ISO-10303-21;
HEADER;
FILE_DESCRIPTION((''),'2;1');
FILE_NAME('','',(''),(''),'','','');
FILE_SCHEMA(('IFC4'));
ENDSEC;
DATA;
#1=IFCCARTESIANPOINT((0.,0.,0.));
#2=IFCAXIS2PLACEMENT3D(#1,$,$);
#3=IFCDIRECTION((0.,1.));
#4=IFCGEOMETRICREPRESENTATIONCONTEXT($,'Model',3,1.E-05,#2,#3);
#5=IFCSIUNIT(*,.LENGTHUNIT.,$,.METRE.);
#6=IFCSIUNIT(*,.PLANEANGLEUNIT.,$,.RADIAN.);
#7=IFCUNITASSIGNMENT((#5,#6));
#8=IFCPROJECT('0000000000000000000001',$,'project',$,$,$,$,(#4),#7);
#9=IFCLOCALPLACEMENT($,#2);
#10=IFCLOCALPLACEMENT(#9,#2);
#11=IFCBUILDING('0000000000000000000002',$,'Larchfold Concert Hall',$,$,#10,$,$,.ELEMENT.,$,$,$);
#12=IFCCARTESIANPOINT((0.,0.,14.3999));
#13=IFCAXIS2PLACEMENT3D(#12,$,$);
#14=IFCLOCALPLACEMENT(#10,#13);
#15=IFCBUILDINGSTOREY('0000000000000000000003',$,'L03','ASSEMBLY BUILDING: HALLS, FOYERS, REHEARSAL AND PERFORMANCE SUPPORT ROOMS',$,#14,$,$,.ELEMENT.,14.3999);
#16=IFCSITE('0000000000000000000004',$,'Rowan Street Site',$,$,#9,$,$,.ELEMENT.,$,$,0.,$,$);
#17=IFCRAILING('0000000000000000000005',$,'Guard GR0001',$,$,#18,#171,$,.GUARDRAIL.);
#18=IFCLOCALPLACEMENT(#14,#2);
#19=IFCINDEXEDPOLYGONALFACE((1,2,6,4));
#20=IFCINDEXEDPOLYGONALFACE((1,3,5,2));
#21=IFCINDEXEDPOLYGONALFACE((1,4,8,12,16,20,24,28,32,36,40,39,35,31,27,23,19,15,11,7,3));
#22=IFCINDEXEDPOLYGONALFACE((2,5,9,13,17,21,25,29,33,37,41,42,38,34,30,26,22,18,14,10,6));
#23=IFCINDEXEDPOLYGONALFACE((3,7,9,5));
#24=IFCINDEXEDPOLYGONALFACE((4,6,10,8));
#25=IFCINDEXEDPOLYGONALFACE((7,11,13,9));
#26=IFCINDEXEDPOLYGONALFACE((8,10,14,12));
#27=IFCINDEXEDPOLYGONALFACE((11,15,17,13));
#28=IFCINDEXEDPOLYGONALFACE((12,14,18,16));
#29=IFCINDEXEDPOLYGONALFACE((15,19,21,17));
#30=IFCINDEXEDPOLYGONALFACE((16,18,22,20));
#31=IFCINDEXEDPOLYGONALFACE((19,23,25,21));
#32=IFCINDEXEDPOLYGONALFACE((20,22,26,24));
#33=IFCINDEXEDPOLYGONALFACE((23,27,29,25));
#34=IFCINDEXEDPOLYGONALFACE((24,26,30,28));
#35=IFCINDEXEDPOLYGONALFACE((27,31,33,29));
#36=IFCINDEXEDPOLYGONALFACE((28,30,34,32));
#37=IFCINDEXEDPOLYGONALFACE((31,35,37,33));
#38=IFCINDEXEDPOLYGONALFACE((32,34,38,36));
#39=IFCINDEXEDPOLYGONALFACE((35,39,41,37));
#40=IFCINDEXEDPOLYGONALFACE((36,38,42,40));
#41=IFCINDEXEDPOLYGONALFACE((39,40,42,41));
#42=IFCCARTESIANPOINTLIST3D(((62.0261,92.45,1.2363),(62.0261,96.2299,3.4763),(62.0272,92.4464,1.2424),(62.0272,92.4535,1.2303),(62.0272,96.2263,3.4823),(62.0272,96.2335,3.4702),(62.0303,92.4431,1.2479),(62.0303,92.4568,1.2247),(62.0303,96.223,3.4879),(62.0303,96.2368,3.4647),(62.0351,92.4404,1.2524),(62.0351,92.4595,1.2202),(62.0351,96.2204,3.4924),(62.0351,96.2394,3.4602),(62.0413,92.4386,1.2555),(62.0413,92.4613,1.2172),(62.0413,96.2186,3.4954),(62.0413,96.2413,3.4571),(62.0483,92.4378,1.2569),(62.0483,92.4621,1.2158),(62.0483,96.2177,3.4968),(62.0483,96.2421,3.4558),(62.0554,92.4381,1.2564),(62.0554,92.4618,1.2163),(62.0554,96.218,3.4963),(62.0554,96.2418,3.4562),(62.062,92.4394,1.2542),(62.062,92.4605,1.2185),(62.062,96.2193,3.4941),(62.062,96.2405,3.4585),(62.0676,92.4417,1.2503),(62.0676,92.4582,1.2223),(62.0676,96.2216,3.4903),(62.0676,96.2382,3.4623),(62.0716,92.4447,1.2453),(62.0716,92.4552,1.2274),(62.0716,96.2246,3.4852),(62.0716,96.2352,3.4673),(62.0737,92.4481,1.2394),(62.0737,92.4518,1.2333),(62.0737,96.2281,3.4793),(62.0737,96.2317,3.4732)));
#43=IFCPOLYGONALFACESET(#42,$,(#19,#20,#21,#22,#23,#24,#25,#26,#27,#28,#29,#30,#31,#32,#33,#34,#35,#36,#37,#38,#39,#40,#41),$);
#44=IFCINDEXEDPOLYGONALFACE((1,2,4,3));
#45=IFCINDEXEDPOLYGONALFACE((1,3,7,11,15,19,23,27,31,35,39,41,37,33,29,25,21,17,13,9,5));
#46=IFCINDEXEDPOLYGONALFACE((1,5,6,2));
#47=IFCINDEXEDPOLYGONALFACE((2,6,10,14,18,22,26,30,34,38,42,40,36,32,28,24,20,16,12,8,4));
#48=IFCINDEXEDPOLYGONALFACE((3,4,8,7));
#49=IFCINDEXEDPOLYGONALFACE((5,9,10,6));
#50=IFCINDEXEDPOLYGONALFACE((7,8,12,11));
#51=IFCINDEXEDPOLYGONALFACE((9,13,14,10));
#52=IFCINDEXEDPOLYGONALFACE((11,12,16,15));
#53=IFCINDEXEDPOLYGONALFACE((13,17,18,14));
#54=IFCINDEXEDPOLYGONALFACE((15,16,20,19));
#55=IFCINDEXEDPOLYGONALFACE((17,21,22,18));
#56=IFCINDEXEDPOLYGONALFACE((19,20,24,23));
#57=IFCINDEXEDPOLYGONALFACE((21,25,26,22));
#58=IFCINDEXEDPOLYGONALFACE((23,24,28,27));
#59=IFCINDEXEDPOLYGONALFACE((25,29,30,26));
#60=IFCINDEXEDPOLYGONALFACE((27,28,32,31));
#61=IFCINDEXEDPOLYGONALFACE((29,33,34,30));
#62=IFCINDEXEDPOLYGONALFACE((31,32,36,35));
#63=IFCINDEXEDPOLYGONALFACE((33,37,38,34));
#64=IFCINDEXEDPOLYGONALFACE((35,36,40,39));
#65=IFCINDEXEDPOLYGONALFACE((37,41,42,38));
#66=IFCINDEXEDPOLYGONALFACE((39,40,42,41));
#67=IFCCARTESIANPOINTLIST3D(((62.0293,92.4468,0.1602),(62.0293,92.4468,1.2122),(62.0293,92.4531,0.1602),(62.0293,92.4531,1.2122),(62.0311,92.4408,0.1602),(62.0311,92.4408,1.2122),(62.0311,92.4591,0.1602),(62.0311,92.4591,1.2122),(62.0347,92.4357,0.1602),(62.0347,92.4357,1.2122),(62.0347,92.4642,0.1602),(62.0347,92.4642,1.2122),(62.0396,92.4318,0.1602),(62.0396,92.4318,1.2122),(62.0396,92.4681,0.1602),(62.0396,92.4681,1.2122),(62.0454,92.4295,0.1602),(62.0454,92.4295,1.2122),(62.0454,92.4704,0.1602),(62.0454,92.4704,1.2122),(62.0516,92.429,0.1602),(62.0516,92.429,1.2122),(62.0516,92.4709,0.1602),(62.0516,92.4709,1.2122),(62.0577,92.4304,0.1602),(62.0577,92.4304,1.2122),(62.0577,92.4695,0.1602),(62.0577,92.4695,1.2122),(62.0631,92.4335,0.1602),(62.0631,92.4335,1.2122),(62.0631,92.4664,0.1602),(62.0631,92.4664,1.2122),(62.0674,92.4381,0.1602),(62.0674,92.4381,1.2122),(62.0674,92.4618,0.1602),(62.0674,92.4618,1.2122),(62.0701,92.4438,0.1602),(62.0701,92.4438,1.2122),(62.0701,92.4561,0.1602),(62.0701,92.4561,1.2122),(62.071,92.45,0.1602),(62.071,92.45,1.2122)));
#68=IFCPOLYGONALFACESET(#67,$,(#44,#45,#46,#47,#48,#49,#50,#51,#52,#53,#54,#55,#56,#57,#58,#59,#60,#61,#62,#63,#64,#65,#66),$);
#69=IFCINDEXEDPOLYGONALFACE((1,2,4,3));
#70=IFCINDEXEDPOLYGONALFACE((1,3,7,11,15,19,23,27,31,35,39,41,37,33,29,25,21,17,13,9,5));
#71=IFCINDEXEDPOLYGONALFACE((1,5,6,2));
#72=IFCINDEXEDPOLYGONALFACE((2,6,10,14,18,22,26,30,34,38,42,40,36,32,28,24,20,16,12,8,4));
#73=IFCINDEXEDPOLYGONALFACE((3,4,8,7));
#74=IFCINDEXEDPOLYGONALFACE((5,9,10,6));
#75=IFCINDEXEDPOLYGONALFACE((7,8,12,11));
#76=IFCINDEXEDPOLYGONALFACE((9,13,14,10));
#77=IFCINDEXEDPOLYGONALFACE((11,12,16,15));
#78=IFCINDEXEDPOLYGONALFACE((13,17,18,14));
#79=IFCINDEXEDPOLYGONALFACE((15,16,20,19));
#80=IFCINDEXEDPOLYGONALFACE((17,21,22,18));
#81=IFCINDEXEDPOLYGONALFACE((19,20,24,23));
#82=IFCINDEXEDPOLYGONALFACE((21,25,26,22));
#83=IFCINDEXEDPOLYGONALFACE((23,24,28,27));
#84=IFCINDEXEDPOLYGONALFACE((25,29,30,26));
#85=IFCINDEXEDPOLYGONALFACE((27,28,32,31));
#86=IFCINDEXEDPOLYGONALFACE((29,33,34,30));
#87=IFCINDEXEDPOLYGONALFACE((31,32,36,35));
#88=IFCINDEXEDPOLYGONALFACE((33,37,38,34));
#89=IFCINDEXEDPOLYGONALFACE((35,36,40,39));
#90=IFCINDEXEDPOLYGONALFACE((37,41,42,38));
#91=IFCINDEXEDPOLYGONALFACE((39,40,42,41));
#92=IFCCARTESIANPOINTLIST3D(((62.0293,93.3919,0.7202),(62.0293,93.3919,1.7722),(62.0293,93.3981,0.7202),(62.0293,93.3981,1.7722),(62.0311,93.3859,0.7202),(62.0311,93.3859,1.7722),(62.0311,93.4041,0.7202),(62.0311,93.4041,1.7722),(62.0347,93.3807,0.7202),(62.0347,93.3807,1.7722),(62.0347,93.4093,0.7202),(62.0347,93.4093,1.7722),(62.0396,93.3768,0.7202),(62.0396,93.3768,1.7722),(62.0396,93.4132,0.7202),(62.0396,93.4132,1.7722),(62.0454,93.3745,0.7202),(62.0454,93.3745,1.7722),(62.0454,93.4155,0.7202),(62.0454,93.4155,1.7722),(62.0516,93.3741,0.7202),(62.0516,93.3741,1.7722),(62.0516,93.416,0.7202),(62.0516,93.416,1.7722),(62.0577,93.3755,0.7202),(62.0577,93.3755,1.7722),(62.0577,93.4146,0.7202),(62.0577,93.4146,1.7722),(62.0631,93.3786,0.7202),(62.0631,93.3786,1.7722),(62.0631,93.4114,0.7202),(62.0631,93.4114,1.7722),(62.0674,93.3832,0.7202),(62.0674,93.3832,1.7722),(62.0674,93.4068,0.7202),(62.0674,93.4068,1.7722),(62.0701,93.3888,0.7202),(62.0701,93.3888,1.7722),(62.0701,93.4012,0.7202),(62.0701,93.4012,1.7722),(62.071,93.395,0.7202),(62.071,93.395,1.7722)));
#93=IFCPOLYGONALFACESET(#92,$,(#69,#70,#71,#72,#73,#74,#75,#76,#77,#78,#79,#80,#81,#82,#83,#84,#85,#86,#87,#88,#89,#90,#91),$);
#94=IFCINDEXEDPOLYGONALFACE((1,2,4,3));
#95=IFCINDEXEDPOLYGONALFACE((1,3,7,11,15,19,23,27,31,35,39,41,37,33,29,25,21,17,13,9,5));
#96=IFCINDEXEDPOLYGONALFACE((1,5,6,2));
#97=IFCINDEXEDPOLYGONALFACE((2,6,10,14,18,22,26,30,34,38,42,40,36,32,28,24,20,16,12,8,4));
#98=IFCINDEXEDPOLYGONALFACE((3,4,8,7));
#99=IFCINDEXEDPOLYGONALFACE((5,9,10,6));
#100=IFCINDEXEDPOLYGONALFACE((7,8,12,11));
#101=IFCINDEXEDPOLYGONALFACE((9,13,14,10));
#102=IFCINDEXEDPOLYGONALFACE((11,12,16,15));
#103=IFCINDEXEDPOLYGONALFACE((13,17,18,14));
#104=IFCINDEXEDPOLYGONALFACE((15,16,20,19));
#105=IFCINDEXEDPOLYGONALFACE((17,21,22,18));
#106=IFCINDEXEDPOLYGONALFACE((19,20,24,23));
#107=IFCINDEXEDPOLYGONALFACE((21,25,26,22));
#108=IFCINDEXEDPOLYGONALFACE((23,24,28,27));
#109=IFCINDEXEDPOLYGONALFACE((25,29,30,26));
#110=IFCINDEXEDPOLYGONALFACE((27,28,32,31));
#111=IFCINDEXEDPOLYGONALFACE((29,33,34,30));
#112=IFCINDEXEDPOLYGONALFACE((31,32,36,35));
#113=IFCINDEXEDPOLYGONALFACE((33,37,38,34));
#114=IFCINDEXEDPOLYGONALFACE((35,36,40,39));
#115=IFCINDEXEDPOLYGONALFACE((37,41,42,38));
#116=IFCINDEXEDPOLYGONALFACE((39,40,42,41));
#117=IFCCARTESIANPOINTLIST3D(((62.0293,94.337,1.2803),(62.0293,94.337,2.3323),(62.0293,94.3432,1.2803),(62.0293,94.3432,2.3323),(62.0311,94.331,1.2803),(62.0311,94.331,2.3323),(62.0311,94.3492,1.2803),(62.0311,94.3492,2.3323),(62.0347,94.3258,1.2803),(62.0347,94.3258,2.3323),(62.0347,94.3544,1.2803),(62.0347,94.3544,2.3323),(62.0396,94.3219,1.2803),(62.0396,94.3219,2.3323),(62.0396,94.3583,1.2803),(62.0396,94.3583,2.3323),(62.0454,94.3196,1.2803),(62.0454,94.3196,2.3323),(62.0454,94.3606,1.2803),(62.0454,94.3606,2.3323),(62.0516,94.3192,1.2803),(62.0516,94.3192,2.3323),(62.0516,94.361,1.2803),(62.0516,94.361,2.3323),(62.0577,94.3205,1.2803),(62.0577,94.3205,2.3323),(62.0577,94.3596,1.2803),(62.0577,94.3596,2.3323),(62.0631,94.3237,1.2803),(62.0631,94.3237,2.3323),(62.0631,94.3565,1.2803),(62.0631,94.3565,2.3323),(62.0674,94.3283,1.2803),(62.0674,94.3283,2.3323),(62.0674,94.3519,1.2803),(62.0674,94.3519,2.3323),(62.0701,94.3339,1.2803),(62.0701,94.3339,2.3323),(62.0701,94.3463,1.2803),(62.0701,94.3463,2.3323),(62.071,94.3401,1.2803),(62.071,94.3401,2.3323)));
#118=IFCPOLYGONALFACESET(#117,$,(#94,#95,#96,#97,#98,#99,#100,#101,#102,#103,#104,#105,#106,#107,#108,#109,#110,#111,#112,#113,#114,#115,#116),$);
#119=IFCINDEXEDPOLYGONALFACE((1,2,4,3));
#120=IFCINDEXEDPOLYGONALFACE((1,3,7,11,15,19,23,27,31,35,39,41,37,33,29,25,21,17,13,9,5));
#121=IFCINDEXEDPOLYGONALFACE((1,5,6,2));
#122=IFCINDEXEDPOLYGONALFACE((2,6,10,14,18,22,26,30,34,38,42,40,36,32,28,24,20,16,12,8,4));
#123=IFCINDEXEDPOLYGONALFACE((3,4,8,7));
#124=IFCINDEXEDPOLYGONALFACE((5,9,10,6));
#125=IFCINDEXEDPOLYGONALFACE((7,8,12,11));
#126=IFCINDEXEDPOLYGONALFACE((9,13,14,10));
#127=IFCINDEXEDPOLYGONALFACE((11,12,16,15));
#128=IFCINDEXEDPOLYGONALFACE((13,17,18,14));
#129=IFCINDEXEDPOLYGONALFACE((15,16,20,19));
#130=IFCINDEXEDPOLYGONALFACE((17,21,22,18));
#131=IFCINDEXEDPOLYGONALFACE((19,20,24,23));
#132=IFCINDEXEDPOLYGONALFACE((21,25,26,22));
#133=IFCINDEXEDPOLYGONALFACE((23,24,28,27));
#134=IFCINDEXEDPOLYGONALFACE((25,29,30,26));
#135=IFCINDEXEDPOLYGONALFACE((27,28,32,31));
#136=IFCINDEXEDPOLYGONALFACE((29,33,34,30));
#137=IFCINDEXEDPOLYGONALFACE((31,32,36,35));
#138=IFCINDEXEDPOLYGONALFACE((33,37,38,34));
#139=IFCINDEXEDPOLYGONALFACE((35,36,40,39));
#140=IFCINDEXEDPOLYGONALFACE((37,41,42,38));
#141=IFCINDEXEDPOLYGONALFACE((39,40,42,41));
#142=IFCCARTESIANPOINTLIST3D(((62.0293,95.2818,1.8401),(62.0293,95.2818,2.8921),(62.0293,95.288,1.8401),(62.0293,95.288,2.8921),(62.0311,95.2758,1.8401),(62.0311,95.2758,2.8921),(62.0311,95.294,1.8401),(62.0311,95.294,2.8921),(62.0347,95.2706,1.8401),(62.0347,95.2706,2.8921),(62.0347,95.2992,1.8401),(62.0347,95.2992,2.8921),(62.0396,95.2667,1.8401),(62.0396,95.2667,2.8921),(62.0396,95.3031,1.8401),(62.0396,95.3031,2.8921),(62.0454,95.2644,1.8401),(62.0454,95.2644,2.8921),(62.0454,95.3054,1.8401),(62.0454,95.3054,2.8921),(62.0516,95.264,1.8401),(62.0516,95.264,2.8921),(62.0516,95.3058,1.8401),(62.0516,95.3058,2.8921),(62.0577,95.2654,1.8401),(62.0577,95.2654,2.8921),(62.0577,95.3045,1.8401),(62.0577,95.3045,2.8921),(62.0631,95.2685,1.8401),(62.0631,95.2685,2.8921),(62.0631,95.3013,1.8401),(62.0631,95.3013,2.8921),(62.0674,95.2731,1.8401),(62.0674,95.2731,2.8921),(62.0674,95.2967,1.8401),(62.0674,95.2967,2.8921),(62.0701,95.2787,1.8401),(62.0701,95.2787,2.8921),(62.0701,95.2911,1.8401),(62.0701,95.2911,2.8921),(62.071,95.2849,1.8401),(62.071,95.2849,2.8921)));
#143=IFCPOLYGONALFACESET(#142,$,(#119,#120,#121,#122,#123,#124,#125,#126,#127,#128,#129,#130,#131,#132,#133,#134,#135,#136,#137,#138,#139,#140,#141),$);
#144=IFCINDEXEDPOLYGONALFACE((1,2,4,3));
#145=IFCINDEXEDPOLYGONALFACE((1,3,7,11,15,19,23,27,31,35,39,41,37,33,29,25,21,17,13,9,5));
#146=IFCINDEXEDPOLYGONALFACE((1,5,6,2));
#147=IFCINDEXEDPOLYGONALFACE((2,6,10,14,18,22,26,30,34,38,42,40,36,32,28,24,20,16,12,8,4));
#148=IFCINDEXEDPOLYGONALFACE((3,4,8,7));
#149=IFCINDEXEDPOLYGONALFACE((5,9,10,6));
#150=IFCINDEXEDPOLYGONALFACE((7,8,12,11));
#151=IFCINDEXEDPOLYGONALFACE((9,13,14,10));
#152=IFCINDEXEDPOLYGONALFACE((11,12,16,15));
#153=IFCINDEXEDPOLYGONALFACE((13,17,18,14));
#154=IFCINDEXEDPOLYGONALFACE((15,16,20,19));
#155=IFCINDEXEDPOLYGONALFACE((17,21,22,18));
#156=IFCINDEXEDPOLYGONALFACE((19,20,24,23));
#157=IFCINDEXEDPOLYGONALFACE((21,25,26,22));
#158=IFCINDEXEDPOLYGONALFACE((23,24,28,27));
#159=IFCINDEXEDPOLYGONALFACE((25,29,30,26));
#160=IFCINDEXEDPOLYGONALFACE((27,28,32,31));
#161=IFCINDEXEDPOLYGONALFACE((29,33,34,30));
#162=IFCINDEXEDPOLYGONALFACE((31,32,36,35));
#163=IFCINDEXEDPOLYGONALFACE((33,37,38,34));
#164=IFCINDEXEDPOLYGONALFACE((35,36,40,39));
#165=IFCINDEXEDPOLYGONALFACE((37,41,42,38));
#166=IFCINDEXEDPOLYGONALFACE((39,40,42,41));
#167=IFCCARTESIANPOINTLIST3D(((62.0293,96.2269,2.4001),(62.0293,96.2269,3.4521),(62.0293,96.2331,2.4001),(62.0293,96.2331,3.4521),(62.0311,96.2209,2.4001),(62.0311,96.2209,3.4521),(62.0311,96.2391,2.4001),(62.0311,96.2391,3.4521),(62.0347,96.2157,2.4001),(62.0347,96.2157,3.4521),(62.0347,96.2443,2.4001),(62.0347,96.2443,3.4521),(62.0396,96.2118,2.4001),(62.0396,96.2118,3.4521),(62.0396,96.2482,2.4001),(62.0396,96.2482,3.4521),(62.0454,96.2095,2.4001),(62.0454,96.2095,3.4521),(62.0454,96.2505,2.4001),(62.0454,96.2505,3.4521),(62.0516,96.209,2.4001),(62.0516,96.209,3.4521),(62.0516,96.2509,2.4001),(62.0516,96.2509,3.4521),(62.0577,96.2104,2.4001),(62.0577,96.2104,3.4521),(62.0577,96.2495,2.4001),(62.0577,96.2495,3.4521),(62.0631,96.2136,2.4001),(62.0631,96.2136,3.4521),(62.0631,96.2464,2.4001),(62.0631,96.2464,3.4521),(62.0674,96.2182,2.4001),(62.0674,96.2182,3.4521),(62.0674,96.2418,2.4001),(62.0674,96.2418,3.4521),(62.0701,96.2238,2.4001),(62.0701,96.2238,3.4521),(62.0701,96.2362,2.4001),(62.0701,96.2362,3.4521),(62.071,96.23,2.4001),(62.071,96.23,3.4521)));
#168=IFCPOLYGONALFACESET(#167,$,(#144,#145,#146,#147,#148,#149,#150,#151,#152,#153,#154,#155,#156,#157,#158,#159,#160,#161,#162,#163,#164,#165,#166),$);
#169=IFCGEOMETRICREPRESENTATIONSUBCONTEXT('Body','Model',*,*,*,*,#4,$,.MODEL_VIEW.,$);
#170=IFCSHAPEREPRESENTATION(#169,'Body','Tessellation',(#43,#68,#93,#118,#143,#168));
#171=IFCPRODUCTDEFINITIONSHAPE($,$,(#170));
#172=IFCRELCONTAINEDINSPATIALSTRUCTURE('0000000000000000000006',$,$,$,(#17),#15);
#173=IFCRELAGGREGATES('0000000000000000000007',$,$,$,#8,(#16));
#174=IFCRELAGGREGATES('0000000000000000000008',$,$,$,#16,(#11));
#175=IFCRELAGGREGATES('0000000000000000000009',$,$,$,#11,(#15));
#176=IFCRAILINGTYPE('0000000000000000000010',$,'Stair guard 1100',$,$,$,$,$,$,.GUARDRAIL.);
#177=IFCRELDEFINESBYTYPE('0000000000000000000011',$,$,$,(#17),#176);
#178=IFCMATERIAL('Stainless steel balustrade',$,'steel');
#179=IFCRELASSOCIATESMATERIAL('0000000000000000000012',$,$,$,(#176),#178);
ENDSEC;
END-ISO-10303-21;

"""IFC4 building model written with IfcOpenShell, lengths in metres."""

from ifc_helpers import new_model, si_unit, direction, frame, origin, origin_2d, place, context, subcontext, project, spatial, circle, extrude, material, type_object, element, save


model = new_model("IFC4")

# Units and contexts
model_context = context("Model", 3, precision=1e-05, world=origin(), true_north=direction((0.0, 1.0)))
body_context = subcontext(model_context, "Body", "Model", "MODEL_VIEW")
ifc_project = project(units=[si_unit("LENGTHUNIT", "METRE"), si_unit("PLANEANGLEUNIT", "RADIAN")], contexts=[model_context])

# Site, building, storey
site_placement = place(None, origin())
site = spatial("IfcSite", under=ifc_project, at=site_placement, Name="Rowan Street Site", CompositionType="ELEMENT", RefElevation=0.0)
building_placement = place(site_placement, origin())
building = spatial("IfcBuilding", under=site, at=building_placement, Name="Larchfold Concert Hall", CompositionType="ELEMENT")
storey_placement = place(building_placement, frame((0.0, 0.0, 14.3999)))
storey = spatial("IfcBuildingStorey", under=building, at=storey_placement, Name="L03", Description="ASSEMBLY BUILDING: HALLS, FOYERS, REHEARSAL AND PERFORMANCE SUPPORT ROOMS", CompositionType="ELEMENT", Elevation=14.3999)

# Railing
ifc_material_1 = material(Name="Stainless steel balustrade", Category="steel")
railing_type_1 = type_object("IfcRailingType", Name="Stair guard 1100", PredefinedType="GUARDRAIL", material=ifc_material_1)
railing_1_placement = place(storey_placement, frame((62.05, 92.45, 0.1602)))
element("IfcRailing", 1, at=railing_1_placement, inside=storey, type_object=railing_type_1, Name="Guard GR0001", PredefinedType="GUARDRAIL", context=body_context, shape_type="SweptSolid", body=[
    extrude(circle(Radius=0.0239, at=origin_2d()), frame((0.0, 0.0, 1.0762), z_axis=(0.0, 0.860294, 0.509798), x_axis=(-1.0, 0.0, 0.0)), (0.0, 0.0, 1.0), 4.3938),
    extrude(circle(Radius=0.021, at=origin_2d()), origin(), (0.0, 0.0, 1.0), 1.052),
    extrude(circle(Radius=0.021, at=origin_2d()), frame((0.0, 0.9451, 0.5601)), (0.0, 0.0, 1.0), 1.052),
    extrude(circle(Radius=0.021, at=origin_2d()), frame((0.0, 1.8901, 1.1201)), (0.0, 0.0, 1.0), 1.052),
    extrude(circle(Radius=0.021, at=origin_2d()), frame((0.0, 2.835, 1.6799)), (0.0, 0.0, 1.0), 1.052),
    extrude(circle(Radius=0.021, at=origin_2d()), frame((0.0, 3.78, 2.24)), (0.0, 0.0, 1.0), 1.052),
])

save(model, "model.ifc")
